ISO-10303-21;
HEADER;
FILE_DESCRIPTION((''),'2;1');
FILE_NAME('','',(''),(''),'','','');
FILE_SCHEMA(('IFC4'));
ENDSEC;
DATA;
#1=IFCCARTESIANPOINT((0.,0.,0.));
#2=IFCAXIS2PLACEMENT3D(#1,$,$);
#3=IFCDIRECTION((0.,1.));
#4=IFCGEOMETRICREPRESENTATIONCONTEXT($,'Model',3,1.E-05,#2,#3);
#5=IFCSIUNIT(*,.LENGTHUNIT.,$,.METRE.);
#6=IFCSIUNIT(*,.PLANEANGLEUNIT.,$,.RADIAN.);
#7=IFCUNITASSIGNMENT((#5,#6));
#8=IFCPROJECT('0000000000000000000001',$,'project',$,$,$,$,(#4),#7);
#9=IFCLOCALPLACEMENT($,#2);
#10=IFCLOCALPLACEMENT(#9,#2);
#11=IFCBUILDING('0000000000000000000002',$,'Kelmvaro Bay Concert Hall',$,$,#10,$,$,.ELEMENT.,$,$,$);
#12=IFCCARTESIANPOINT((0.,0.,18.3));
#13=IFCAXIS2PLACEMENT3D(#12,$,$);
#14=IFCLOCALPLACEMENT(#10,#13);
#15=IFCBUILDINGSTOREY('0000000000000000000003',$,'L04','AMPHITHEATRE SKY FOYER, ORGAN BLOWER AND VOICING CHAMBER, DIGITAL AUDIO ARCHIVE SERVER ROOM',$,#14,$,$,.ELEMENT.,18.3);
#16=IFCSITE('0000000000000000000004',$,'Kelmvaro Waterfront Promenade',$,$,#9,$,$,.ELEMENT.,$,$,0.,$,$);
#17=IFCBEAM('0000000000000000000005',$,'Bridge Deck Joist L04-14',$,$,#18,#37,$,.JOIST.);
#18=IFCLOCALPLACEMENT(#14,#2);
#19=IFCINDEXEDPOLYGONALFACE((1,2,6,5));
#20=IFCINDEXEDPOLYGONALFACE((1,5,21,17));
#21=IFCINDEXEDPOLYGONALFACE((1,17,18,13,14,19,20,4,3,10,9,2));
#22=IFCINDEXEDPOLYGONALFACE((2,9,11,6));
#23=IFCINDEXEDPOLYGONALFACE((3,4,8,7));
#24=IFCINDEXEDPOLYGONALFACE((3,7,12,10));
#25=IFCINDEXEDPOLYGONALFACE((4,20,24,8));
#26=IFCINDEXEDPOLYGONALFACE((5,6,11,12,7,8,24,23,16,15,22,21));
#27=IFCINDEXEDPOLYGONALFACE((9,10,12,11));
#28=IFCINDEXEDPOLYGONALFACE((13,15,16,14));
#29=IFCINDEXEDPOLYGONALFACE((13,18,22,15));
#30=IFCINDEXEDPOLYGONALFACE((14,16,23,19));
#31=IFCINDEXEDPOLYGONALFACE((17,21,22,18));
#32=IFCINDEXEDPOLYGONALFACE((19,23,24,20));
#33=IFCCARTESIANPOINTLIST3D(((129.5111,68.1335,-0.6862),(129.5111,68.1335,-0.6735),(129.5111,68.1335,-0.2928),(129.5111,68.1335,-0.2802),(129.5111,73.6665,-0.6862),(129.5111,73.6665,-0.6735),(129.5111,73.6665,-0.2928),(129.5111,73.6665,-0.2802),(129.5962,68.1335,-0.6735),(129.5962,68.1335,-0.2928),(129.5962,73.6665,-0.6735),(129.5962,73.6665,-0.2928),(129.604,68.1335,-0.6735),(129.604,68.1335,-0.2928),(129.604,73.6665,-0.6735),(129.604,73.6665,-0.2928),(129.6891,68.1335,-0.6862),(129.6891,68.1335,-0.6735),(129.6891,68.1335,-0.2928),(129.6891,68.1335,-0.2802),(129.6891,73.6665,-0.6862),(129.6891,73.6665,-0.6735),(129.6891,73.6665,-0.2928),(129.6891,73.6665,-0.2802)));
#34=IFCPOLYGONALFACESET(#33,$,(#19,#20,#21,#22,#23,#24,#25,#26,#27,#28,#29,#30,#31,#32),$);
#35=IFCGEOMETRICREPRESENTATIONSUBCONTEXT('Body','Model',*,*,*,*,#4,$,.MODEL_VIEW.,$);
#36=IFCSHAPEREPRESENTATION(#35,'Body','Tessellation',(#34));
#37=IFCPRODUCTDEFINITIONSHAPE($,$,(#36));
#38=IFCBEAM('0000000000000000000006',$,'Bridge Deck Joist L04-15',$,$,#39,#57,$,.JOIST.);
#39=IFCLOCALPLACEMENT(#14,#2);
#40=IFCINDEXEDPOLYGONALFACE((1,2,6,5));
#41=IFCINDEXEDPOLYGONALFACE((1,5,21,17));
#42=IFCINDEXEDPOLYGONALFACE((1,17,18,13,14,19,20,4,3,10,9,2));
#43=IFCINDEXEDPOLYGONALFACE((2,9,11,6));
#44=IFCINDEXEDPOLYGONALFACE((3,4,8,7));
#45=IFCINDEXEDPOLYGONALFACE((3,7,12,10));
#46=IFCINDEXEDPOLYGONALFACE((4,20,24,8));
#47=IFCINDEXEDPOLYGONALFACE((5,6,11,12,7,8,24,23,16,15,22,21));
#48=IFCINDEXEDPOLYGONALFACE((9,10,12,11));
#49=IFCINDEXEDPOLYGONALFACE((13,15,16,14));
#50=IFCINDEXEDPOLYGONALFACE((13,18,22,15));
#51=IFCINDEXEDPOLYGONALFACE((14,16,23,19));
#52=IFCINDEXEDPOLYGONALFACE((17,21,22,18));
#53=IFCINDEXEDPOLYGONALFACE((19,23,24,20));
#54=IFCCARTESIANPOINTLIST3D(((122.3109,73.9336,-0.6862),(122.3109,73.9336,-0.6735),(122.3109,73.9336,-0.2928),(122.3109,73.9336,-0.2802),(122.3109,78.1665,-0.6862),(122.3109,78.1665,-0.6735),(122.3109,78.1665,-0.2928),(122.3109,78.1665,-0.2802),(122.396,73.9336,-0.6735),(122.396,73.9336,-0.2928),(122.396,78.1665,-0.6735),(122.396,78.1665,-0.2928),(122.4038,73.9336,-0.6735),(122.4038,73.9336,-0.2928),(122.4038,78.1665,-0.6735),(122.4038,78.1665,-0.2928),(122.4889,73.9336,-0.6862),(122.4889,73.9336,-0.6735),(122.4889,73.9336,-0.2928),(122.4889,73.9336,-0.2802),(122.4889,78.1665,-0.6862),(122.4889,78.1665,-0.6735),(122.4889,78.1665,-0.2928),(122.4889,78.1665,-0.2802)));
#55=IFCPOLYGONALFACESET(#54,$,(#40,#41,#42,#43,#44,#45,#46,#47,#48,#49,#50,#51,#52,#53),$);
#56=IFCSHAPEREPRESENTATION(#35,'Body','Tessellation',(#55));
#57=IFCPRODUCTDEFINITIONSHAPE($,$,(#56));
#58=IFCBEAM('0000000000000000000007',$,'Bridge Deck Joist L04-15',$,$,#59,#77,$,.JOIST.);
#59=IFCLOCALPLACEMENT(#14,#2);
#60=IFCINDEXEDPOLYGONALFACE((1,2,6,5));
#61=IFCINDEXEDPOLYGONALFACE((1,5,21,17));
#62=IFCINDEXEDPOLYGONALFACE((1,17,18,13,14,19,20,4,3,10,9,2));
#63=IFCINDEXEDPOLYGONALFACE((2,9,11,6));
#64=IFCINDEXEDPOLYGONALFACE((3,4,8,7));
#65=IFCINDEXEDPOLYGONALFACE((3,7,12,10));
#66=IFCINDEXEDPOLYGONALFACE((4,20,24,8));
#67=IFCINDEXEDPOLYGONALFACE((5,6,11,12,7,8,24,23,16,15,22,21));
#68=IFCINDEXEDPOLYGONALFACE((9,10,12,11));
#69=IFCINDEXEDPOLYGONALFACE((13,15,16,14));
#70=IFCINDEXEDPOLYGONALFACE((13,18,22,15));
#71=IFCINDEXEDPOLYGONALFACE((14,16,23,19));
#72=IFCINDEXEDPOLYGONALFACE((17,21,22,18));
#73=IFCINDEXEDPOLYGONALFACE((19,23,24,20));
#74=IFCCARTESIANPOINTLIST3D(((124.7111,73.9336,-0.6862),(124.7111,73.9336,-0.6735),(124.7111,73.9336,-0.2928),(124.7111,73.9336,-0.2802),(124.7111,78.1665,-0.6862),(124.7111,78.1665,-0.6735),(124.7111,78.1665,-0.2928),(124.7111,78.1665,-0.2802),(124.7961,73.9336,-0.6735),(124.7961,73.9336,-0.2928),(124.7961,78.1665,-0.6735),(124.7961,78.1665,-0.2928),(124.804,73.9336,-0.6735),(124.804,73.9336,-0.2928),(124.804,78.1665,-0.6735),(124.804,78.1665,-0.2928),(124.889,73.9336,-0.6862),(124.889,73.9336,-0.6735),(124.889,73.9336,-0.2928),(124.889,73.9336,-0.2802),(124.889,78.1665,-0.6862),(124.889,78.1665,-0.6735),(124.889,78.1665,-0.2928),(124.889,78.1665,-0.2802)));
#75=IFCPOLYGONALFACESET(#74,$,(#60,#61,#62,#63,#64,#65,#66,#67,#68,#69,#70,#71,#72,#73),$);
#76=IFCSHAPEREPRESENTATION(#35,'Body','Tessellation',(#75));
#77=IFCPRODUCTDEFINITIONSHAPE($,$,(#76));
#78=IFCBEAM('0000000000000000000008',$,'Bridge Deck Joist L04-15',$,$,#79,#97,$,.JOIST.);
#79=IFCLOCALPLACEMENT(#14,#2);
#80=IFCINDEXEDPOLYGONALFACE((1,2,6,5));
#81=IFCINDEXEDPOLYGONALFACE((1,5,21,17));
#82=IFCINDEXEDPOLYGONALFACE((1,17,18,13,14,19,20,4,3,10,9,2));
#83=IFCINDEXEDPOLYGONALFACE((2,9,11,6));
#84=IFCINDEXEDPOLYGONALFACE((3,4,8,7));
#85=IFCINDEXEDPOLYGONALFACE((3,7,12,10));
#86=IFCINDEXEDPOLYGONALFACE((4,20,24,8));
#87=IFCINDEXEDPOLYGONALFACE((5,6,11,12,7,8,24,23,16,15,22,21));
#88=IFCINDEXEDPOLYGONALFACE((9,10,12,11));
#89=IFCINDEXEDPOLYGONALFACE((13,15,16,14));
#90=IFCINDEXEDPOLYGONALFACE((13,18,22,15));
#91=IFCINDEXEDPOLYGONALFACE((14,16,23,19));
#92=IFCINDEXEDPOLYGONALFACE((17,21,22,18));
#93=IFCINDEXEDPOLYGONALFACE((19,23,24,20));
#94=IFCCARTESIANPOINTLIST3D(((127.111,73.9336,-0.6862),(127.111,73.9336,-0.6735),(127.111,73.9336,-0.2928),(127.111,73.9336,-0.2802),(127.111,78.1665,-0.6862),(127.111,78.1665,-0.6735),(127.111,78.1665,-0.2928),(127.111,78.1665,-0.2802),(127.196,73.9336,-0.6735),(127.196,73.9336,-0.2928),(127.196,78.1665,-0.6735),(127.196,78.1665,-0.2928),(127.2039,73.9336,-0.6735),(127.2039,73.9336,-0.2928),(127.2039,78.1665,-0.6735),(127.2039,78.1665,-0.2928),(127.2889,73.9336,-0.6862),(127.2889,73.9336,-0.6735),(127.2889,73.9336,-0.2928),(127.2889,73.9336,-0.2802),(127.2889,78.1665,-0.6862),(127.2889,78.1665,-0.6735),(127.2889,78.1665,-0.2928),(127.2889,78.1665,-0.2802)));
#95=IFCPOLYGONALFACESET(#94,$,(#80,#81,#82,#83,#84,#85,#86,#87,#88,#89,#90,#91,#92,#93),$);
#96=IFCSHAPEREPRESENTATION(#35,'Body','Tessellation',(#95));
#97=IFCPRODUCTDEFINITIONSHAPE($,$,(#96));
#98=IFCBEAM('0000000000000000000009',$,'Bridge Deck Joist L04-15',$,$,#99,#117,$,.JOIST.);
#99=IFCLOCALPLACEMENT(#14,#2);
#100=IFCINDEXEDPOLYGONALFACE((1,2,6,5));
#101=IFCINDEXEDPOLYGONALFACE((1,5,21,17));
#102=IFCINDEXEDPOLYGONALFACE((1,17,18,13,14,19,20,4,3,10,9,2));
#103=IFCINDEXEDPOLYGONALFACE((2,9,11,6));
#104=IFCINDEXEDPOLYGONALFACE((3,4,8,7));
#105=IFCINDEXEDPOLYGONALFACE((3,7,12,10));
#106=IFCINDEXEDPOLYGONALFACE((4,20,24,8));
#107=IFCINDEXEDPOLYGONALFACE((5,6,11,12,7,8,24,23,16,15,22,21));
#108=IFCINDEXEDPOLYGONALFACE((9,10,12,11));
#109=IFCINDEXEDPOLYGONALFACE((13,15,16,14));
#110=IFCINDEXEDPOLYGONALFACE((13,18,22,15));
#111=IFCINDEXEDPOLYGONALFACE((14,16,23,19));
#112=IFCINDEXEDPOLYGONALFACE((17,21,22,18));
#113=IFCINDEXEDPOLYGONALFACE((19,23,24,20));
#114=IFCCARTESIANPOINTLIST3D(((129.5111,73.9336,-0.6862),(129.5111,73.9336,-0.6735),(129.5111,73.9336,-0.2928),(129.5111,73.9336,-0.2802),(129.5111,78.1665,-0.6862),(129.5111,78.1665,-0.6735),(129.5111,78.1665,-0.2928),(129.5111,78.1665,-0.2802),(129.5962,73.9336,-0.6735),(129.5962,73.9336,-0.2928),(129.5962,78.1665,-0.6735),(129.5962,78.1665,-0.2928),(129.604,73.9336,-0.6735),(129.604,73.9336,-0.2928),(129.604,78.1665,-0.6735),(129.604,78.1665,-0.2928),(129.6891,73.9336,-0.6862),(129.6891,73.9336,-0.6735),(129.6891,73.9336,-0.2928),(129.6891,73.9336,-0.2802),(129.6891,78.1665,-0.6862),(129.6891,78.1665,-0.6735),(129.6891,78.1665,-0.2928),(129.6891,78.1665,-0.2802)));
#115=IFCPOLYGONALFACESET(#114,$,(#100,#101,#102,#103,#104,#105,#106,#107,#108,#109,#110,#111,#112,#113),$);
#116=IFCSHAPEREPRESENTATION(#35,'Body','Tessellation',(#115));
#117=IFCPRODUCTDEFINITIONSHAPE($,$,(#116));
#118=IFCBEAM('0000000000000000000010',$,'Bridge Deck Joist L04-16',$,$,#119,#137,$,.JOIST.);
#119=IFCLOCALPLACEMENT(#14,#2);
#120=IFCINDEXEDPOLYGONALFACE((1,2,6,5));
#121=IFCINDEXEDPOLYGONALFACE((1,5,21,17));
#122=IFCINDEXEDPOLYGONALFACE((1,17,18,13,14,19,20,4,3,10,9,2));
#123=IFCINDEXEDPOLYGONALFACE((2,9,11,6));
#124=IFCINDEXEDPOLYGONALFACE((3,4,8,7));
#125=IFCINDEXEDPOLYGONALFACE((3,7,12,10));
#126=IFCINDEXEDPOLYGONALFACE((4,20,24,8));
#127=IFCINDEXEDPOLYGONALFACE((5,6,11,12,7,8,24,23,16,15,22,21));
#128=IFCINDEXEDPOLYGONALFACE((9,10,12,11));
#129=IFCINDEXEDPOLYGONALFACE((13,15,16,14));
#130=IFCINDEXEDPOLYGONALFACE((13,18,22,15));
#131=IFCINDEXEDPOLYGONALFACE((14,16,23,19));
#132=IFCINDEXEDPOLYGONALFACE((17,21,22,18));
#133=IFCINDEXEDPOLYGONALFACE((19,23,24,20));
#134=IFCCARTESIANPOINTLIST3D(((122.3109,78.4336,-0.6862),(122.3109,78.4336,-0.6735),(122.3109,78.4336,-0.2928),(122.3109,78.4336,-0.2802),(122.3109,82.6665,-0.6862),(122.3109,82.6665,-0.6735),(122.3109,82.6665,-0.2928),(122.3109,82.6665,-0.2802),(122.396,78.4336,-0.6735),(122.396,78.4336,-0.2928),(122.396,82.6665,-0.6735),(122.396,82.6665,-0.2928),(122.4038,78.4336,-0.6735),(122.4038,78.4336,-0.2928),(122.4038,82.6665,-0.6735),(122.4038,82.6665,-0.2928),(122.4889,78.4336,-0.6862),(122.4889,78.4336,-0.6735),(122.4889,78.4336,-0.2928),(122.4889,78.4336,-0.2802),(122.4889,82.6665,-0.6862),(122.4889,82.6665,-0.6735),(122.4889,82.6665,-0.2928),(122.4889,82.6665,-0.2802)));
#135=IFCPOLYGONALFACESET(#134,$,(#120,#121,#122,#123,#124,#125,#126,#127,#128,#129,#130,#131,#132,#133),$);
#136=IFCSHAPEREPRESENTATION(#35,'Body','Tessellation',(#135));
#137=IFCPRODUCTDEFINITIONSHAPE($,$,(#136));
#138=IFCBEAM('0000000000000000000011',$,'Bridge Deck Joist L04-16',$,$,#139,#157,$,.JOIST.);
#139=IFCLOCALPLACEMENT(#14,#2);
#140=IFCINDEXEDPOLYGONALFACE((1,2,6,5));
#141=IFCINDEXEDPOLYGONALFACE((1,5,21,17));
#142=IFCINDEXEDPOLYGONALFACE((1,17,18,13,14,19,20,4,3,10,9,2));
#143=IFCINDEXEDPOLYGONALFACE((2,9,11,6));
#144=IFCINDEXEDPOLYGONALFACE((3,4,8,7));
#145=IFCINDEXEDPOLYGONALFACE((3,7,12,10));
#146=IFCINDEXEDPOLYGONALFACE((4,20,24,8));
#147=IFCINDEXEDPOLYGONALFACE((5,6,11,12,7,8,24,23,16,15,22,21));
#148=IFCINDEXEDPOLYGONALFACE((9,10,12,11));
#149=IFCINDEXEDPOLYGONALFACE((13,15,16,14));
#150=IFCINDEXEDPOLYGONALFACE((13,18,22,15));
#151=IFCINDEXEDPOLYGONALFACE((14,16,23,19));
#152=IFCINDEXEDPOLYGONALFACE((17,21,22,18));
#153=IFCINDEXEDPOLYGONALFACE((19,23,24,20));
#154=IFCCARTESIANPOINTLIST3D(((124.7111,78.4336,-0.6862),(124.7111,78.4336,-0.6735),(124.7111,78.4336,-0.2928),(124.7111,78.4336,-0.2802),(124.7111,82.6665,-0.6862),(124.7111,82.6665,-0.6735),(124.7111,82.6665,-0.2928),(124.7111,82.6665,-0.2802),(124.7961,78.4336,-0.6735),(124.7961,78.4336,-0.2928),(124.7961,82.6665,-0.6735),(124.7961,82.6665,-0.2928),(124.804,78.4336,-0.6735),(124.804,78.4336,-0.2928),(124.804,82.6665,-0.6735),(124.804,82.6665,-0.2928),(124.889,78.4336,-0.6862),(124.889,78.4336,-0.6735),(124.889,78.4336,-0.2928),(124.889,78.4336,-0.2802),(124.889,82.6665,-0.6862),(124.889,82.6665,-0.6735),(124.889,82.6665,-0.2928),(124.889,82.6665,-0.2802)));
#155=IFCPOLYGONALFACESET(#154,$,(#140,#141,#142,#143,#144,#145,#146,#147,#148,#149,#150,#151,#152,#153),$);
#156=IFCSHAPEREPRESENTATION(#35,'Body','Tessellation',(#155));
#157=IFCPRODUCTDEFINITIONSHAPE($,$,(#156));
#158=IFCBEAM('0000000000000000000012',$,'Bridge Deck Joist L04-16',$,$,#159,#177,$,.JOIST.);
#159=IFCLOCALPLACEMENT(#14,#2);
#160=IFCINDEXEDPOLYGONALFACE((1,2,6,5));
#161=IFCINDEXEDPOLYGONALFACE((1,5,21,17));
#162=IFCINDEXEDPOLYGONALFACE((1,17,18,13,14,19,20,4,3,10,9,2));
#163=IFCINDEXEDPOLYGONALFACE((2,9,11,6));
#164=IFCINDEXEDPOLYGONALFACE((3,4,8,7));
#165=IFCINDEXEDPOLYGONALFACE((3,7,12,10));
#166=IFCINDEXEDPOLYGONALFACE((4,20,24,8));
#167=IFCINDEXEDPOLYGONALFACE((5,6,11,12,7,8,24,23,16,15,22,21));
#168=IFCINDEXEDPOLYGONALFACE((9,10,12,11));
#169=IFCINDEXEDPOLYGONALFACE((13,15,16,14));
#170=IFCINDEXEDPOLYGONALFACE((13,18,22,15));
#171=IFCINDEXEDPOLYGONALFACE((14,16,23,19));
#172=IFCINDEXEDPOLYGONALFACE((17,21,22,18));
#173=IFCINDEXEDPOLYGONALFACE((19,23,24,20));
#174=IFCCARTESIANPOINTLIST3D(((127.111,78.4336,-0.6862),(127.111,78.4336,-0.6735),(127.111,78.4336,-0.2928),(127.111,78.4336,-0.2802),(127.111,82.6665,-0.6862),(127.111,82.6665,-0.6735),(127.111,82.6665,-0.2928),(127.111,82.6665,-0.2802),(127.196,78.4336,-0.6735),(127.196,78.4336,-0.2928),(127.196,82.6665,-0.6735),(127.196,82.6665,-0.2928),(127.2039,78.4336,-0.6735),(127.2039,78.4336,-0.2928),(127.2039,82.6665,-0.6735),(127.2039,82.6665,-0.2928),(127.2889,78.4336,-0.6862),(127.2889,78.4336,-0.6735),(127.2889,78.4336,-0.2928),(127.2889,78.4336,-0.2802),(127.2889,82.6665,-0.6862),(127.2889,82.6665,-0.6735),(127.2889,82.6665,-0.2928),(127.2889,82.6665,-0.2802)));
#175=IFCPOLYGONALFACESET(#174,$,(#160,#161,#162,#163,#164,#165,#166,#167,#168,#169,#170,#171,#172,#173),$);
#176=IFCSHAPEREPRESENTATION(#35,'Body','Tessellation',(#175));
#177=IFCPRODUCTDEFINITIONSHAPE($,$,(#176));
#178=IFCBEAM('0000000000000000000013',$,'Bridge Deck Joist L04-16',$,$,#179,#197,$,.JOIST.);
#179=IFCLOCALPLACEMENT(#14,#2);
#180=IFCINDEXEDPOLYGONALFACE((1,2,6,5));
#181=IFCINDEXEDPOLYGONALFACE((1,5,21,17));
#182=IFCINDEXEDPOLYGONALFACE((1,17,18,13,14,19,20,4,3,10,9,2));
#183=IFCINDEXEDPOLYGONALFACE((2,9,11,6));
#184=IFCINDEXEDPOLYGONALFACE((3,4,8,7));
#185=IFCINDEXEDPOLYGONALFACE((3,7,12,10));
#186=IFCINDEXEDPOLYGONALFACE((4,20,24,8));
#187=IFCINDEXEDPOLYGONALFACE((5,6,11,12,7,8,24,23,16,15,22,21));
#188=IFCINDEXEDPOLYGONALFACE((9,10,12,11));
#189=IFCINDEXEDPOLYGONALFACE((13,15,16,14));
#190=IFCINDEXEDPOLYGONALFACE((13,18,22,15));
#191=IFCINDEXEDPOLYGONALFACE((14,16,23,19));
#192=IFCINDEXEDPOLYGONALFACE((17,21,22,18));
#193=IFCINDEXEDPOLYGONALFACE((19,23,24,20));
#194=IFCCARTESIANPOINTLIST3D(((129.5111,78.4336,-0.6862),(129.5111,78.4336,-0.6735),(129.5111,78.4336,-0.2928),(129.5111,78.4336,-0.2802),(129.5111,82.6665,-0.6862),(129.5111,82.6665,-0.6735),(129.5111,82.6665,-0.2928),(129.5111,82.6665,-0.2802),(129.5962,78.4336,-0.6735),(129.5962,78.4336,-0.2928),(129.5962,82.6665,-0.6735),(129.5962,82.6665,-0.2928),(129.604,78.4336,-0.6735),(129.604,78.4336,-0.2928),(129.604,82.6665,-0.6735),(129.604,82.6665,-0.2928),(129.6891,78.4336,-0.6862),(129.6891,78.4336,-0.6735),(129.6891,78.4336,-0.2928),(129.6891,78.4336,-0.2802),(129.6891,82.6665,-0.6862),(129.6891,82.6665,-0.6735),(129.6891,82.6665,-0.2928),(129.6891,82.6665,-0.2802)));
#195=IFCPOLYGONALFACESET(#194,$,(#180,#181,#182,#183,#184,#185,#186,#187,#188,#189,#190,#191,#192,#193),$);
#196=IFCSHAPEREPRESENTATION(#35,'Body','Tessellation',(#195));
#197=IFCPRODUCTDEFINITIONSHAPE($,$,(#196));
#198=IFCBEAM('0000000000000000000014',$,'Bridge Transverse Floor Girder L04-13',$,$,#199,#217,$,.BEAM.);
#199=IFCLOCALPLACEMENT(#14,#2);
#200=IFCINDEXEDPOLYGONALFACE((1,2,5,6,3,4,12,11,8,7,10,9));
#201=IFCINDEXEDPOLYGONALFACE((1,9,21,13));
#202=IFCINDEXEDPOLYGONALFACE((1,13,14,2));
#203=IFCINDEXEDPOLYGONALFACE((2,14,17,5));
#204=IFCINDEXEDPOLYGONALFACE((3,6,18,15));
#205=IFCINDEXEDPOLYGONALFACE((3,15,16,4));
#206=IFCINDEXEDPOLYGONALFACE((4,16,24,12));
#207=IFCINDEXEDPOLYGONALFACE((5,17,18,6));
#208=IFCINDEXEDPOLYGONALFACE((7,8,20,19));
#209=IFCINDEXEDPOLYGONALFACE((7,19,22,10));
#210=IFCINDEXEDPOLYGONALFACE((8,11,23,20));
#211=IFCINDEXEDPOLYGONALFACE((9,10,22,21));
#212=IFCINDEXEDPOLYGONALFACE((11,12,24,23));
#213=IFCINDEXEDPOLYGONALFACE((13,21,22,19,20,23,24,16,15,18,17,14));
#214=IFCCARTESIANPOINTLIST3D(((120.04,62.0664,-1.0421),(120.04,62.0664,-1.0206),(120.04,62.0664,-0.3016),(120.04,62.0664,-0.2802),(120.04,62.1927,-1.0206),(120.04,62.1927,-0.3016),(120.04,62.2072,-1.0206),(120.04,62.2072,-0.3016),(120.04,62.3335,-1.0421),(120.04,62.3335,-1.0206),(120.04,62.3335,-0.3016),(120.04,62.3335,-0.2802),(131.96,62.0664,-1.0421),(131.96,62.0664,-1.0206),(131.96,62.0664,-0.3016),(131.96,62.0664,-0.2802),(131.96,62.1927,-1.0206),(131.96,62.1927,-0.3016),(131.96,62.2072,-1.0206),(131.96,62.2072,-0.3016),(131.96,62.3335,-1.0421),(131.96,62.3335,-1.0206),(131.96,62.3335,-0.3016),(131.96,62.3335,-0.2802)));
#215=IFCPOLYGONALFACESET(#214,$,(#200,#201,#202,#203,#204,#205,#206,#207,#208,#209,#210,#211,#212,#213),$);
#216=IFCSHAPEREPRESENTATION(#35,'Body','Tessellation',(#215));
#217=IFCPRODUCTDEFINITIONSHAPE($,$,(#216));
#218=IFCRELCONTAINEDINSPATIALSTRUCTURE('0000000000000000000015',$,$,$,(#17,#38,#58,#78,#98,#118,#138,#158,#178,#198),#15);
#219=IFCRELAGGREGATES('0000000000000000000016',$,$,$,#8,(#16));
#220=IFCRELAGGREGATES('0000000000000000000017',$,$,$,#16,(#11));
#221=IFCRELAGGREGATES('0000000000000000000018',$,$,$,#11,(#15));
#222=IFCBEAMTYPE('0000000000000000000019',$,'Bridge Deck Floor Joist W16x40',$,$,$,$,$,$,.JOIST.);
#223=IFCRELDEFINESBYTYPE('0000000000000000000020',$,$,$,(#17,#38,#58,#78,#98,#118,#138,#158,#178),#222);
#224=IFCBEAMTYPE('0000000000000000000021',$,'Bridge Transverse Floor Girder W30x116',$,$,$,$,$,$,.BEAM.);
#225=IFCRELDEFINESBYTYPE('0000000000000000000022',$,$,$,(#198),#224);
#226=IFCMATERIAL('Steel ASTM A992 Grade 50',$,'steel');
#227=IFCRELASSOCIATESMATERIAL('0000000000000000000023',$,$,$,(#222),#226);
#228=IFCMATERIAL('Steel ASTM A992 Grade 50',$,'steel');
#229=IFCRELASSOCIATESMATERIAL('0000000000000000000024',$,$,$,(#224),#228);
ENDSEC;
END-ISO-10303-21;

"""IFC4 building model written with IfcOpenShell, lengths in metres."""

from ifc_helpers import new_model, si_unit, direction, frame, origin, origin_2d, place, context, subcontext, project, spatial, i_section, extrude, material, material_profile, profile_set, type_object, element, save


model = new_model("IFC4")

# Units and contexts
model_context = context("Model", 3, precision=1e-05, world=origin(), true_north=direction((0.0, 1.0)))
body_context = subcontext(model_context, "Body", "Model", "MODEL_VIEW")
ifc_project = project(units=[si_unit("LENGTHUNIT", "METRE"), si_unit("PLANEANGLEUNIT", "RADIAN")], contexts=[model_context])

# Site, building, storey
site_placement = place(None, origin())
site = spatial("IfcSite", under=ifc_project, at=site_placement, Name="Kelmvaro Waterfront Promenade", CompositionType="ELEMENT", RefElevation=0.0)
building_placement = place(site_placement, origin())
building = spatial("IfcBuilding", under=site, at=building_placement, Name="Kelmvaro Bay Concert Hall", CompositionType="ELEMENT")
storey_placement = place(building_placement, frame((0.0, 0.0, 18.3)))
storey = spatial("IfcBuildingStorey", under=building, at=storey_placement, Name="L04", Description="AMPHITHEATRE SKY FOYER, ORGAN BLOWER AND VOICING CHAMBER, DIGITAL AUDIO ARCHIVE SERVER ROOM", CompositionType="ELEMENT", Elevation=18.3)

# Beams
ifc_material_1 = material(Name="Steel ASTM A992 Grade 50", Category="steel")
ifc_material_profile_1 = material_profile(ifc_material_1, i_section(OverallWidth=0.178, OverallDepth=0.406, WebThickness=0.0078, FlangeThickness=0.0127, at=origin_2d()), Name="W16X40")
ifc_profile_set_1 = profile_set([ifc_material_profile_1], Name="Steel ASTM A992 Grade 50")
beam_type_1 = type_object("IfcBeamType", Name="Bridge Deck Floor Joist W16x40", PredefinedType="JOIST", material=ifc_profile_set_1)
for number, where, z_axis, x_axis, name in (
    (1, (129.6001, 68.1335, -0.4832), (0.0, 1.0, 0.0), (-1.0, 0.0, 0.0), "Bridge Deck Joist L04-14"),
):
    element("IfcBeam", number, at=place(storey_placement, frame(where, z_axis=z_axis, x_axis=x_axis)), inside=storey, type_object=beam_type_1, Name=name, PredefinedType="JOIST", context=body_context, shape_type="SweptSolid", body=[
        extrude(i_section(OverallWidth=0.178, OverallDepth=0.406, WebThickness=0.0078, FlangeThickness=0.0127, at=origin_2d()), origin(), (0.0, 0.0, 1.0), 5.533),
    ])
for number, where, z_axis, x_axis, name in (
    (2, (122.3999, 73.9336, -0.4832), (0.0, 1.0, 0.0), (-1.0, 0.0, 0.0), "Bridge Deck Joist L04-15"),
    (3, (124.8, 73.9336, -0.4832), (0.0, 1.0, 0.0), (-1.0, 0.0, 0.0), "Bridge Deck Joist L04-15"),
    (4, (127.2, 73.9336, -0.4832), (0.0, 1.0, 0.0), (-1.0, 0.0, 0.0), "Bridge Deck Joist L04-15"),
    (5, (129.6001, 73.9336, -0.4832), (0.0, 1.0, 0.0), (-1.0, 0.0, 0.0), "Bridge Deck Joist L04-15"),
    (6, (122.3999, 78.4336, -0.4832), (0.0, 1.0, 0.0), (-1.0, 0.0, 0.0), "Bridge Deck Joist L04-16"),
    (7, (124.8, 78.4336, -0.4832), (0.0, 1.0, 0.0), (-1.0, 0.0, 0.0), "Bridge Deck Joist L04-16"),
    (8, (127.2, 78.4336, -0.4832), (0.0, 1.0, 0.0), (-1.0, 0.0, 0.0), "Bridge Deck Joist L04-16"),
    (9, (129.6001, 78.4336, -0.4832), (0.0, 1.0, 0.0), (-1.0, 0.0, 0.0), "Bridge Deck Joist L04-16"),
):
    element("IfcBeam", number, at=place(storey_placement, frame(where, z_axis=z_axis, x_axis=x_axis)), inside=storey, type_object=beam_type_1, Name=name, PredefinedType="JOIST", context=body_context, shape_type="SweptSolid", body=[
        extrude(i_section(OverallWidth=0.178, OverallDepth=0.406, WebThickness=0.0078, FlangeThickness=0.0127, at=origin_2d()), origin(), (0.0, 0.0, 1.0), 4.2329),
    ])
ifc_material_2 = material(Name="Steel ASTM A992 Grade 50", Category="steel")
ifc_material_profile_2 = material_profile(ifc_material_2, i_section(OverallWidth=0.2671, OverallDepth=0.762, WebThickness=0.0144, FlangeThickness=0.0215, at=origin_2d()), Name="W30X116")
ifc_profile_set_2 = profile_set([ifc_material_profile_2], Name="Steel ASTM A992 Grade 50")
beam_type_2 = type_object("IfcBeamType", Name="Bridge Transverse Floor Girder W30x116", PredefinedType="BEAM", material=ifc_profile_set_2)
for number, where, z_axis, x_axis, name in (
    (10, (120.04, 62.2, -0.6611), (1.0, 0.0, 0.0), (0.0, 1.0, 0.0), "Bridge Transverse Floor Girder L04-13"),
):
    element("IfcBeam", number, at=place(storey_placement, frame(where, z_axis=z_axis, x_axis=x_axis)), inside=storey, type_object=beam_type_2, Name=name, PredefinedType="BEAM", context=body_context, shape_type="SweptSolid", body=[
        extrude(i_section(OverallWidth=0.2671, OverallDepth=0.762, WebThickness=0.0144, FlangeThickness=0.0215, at=origin_2d()), origin(), (0.0, 0.0, 1.0), 11.9199),
    ])

save(model, "model.ifc")
